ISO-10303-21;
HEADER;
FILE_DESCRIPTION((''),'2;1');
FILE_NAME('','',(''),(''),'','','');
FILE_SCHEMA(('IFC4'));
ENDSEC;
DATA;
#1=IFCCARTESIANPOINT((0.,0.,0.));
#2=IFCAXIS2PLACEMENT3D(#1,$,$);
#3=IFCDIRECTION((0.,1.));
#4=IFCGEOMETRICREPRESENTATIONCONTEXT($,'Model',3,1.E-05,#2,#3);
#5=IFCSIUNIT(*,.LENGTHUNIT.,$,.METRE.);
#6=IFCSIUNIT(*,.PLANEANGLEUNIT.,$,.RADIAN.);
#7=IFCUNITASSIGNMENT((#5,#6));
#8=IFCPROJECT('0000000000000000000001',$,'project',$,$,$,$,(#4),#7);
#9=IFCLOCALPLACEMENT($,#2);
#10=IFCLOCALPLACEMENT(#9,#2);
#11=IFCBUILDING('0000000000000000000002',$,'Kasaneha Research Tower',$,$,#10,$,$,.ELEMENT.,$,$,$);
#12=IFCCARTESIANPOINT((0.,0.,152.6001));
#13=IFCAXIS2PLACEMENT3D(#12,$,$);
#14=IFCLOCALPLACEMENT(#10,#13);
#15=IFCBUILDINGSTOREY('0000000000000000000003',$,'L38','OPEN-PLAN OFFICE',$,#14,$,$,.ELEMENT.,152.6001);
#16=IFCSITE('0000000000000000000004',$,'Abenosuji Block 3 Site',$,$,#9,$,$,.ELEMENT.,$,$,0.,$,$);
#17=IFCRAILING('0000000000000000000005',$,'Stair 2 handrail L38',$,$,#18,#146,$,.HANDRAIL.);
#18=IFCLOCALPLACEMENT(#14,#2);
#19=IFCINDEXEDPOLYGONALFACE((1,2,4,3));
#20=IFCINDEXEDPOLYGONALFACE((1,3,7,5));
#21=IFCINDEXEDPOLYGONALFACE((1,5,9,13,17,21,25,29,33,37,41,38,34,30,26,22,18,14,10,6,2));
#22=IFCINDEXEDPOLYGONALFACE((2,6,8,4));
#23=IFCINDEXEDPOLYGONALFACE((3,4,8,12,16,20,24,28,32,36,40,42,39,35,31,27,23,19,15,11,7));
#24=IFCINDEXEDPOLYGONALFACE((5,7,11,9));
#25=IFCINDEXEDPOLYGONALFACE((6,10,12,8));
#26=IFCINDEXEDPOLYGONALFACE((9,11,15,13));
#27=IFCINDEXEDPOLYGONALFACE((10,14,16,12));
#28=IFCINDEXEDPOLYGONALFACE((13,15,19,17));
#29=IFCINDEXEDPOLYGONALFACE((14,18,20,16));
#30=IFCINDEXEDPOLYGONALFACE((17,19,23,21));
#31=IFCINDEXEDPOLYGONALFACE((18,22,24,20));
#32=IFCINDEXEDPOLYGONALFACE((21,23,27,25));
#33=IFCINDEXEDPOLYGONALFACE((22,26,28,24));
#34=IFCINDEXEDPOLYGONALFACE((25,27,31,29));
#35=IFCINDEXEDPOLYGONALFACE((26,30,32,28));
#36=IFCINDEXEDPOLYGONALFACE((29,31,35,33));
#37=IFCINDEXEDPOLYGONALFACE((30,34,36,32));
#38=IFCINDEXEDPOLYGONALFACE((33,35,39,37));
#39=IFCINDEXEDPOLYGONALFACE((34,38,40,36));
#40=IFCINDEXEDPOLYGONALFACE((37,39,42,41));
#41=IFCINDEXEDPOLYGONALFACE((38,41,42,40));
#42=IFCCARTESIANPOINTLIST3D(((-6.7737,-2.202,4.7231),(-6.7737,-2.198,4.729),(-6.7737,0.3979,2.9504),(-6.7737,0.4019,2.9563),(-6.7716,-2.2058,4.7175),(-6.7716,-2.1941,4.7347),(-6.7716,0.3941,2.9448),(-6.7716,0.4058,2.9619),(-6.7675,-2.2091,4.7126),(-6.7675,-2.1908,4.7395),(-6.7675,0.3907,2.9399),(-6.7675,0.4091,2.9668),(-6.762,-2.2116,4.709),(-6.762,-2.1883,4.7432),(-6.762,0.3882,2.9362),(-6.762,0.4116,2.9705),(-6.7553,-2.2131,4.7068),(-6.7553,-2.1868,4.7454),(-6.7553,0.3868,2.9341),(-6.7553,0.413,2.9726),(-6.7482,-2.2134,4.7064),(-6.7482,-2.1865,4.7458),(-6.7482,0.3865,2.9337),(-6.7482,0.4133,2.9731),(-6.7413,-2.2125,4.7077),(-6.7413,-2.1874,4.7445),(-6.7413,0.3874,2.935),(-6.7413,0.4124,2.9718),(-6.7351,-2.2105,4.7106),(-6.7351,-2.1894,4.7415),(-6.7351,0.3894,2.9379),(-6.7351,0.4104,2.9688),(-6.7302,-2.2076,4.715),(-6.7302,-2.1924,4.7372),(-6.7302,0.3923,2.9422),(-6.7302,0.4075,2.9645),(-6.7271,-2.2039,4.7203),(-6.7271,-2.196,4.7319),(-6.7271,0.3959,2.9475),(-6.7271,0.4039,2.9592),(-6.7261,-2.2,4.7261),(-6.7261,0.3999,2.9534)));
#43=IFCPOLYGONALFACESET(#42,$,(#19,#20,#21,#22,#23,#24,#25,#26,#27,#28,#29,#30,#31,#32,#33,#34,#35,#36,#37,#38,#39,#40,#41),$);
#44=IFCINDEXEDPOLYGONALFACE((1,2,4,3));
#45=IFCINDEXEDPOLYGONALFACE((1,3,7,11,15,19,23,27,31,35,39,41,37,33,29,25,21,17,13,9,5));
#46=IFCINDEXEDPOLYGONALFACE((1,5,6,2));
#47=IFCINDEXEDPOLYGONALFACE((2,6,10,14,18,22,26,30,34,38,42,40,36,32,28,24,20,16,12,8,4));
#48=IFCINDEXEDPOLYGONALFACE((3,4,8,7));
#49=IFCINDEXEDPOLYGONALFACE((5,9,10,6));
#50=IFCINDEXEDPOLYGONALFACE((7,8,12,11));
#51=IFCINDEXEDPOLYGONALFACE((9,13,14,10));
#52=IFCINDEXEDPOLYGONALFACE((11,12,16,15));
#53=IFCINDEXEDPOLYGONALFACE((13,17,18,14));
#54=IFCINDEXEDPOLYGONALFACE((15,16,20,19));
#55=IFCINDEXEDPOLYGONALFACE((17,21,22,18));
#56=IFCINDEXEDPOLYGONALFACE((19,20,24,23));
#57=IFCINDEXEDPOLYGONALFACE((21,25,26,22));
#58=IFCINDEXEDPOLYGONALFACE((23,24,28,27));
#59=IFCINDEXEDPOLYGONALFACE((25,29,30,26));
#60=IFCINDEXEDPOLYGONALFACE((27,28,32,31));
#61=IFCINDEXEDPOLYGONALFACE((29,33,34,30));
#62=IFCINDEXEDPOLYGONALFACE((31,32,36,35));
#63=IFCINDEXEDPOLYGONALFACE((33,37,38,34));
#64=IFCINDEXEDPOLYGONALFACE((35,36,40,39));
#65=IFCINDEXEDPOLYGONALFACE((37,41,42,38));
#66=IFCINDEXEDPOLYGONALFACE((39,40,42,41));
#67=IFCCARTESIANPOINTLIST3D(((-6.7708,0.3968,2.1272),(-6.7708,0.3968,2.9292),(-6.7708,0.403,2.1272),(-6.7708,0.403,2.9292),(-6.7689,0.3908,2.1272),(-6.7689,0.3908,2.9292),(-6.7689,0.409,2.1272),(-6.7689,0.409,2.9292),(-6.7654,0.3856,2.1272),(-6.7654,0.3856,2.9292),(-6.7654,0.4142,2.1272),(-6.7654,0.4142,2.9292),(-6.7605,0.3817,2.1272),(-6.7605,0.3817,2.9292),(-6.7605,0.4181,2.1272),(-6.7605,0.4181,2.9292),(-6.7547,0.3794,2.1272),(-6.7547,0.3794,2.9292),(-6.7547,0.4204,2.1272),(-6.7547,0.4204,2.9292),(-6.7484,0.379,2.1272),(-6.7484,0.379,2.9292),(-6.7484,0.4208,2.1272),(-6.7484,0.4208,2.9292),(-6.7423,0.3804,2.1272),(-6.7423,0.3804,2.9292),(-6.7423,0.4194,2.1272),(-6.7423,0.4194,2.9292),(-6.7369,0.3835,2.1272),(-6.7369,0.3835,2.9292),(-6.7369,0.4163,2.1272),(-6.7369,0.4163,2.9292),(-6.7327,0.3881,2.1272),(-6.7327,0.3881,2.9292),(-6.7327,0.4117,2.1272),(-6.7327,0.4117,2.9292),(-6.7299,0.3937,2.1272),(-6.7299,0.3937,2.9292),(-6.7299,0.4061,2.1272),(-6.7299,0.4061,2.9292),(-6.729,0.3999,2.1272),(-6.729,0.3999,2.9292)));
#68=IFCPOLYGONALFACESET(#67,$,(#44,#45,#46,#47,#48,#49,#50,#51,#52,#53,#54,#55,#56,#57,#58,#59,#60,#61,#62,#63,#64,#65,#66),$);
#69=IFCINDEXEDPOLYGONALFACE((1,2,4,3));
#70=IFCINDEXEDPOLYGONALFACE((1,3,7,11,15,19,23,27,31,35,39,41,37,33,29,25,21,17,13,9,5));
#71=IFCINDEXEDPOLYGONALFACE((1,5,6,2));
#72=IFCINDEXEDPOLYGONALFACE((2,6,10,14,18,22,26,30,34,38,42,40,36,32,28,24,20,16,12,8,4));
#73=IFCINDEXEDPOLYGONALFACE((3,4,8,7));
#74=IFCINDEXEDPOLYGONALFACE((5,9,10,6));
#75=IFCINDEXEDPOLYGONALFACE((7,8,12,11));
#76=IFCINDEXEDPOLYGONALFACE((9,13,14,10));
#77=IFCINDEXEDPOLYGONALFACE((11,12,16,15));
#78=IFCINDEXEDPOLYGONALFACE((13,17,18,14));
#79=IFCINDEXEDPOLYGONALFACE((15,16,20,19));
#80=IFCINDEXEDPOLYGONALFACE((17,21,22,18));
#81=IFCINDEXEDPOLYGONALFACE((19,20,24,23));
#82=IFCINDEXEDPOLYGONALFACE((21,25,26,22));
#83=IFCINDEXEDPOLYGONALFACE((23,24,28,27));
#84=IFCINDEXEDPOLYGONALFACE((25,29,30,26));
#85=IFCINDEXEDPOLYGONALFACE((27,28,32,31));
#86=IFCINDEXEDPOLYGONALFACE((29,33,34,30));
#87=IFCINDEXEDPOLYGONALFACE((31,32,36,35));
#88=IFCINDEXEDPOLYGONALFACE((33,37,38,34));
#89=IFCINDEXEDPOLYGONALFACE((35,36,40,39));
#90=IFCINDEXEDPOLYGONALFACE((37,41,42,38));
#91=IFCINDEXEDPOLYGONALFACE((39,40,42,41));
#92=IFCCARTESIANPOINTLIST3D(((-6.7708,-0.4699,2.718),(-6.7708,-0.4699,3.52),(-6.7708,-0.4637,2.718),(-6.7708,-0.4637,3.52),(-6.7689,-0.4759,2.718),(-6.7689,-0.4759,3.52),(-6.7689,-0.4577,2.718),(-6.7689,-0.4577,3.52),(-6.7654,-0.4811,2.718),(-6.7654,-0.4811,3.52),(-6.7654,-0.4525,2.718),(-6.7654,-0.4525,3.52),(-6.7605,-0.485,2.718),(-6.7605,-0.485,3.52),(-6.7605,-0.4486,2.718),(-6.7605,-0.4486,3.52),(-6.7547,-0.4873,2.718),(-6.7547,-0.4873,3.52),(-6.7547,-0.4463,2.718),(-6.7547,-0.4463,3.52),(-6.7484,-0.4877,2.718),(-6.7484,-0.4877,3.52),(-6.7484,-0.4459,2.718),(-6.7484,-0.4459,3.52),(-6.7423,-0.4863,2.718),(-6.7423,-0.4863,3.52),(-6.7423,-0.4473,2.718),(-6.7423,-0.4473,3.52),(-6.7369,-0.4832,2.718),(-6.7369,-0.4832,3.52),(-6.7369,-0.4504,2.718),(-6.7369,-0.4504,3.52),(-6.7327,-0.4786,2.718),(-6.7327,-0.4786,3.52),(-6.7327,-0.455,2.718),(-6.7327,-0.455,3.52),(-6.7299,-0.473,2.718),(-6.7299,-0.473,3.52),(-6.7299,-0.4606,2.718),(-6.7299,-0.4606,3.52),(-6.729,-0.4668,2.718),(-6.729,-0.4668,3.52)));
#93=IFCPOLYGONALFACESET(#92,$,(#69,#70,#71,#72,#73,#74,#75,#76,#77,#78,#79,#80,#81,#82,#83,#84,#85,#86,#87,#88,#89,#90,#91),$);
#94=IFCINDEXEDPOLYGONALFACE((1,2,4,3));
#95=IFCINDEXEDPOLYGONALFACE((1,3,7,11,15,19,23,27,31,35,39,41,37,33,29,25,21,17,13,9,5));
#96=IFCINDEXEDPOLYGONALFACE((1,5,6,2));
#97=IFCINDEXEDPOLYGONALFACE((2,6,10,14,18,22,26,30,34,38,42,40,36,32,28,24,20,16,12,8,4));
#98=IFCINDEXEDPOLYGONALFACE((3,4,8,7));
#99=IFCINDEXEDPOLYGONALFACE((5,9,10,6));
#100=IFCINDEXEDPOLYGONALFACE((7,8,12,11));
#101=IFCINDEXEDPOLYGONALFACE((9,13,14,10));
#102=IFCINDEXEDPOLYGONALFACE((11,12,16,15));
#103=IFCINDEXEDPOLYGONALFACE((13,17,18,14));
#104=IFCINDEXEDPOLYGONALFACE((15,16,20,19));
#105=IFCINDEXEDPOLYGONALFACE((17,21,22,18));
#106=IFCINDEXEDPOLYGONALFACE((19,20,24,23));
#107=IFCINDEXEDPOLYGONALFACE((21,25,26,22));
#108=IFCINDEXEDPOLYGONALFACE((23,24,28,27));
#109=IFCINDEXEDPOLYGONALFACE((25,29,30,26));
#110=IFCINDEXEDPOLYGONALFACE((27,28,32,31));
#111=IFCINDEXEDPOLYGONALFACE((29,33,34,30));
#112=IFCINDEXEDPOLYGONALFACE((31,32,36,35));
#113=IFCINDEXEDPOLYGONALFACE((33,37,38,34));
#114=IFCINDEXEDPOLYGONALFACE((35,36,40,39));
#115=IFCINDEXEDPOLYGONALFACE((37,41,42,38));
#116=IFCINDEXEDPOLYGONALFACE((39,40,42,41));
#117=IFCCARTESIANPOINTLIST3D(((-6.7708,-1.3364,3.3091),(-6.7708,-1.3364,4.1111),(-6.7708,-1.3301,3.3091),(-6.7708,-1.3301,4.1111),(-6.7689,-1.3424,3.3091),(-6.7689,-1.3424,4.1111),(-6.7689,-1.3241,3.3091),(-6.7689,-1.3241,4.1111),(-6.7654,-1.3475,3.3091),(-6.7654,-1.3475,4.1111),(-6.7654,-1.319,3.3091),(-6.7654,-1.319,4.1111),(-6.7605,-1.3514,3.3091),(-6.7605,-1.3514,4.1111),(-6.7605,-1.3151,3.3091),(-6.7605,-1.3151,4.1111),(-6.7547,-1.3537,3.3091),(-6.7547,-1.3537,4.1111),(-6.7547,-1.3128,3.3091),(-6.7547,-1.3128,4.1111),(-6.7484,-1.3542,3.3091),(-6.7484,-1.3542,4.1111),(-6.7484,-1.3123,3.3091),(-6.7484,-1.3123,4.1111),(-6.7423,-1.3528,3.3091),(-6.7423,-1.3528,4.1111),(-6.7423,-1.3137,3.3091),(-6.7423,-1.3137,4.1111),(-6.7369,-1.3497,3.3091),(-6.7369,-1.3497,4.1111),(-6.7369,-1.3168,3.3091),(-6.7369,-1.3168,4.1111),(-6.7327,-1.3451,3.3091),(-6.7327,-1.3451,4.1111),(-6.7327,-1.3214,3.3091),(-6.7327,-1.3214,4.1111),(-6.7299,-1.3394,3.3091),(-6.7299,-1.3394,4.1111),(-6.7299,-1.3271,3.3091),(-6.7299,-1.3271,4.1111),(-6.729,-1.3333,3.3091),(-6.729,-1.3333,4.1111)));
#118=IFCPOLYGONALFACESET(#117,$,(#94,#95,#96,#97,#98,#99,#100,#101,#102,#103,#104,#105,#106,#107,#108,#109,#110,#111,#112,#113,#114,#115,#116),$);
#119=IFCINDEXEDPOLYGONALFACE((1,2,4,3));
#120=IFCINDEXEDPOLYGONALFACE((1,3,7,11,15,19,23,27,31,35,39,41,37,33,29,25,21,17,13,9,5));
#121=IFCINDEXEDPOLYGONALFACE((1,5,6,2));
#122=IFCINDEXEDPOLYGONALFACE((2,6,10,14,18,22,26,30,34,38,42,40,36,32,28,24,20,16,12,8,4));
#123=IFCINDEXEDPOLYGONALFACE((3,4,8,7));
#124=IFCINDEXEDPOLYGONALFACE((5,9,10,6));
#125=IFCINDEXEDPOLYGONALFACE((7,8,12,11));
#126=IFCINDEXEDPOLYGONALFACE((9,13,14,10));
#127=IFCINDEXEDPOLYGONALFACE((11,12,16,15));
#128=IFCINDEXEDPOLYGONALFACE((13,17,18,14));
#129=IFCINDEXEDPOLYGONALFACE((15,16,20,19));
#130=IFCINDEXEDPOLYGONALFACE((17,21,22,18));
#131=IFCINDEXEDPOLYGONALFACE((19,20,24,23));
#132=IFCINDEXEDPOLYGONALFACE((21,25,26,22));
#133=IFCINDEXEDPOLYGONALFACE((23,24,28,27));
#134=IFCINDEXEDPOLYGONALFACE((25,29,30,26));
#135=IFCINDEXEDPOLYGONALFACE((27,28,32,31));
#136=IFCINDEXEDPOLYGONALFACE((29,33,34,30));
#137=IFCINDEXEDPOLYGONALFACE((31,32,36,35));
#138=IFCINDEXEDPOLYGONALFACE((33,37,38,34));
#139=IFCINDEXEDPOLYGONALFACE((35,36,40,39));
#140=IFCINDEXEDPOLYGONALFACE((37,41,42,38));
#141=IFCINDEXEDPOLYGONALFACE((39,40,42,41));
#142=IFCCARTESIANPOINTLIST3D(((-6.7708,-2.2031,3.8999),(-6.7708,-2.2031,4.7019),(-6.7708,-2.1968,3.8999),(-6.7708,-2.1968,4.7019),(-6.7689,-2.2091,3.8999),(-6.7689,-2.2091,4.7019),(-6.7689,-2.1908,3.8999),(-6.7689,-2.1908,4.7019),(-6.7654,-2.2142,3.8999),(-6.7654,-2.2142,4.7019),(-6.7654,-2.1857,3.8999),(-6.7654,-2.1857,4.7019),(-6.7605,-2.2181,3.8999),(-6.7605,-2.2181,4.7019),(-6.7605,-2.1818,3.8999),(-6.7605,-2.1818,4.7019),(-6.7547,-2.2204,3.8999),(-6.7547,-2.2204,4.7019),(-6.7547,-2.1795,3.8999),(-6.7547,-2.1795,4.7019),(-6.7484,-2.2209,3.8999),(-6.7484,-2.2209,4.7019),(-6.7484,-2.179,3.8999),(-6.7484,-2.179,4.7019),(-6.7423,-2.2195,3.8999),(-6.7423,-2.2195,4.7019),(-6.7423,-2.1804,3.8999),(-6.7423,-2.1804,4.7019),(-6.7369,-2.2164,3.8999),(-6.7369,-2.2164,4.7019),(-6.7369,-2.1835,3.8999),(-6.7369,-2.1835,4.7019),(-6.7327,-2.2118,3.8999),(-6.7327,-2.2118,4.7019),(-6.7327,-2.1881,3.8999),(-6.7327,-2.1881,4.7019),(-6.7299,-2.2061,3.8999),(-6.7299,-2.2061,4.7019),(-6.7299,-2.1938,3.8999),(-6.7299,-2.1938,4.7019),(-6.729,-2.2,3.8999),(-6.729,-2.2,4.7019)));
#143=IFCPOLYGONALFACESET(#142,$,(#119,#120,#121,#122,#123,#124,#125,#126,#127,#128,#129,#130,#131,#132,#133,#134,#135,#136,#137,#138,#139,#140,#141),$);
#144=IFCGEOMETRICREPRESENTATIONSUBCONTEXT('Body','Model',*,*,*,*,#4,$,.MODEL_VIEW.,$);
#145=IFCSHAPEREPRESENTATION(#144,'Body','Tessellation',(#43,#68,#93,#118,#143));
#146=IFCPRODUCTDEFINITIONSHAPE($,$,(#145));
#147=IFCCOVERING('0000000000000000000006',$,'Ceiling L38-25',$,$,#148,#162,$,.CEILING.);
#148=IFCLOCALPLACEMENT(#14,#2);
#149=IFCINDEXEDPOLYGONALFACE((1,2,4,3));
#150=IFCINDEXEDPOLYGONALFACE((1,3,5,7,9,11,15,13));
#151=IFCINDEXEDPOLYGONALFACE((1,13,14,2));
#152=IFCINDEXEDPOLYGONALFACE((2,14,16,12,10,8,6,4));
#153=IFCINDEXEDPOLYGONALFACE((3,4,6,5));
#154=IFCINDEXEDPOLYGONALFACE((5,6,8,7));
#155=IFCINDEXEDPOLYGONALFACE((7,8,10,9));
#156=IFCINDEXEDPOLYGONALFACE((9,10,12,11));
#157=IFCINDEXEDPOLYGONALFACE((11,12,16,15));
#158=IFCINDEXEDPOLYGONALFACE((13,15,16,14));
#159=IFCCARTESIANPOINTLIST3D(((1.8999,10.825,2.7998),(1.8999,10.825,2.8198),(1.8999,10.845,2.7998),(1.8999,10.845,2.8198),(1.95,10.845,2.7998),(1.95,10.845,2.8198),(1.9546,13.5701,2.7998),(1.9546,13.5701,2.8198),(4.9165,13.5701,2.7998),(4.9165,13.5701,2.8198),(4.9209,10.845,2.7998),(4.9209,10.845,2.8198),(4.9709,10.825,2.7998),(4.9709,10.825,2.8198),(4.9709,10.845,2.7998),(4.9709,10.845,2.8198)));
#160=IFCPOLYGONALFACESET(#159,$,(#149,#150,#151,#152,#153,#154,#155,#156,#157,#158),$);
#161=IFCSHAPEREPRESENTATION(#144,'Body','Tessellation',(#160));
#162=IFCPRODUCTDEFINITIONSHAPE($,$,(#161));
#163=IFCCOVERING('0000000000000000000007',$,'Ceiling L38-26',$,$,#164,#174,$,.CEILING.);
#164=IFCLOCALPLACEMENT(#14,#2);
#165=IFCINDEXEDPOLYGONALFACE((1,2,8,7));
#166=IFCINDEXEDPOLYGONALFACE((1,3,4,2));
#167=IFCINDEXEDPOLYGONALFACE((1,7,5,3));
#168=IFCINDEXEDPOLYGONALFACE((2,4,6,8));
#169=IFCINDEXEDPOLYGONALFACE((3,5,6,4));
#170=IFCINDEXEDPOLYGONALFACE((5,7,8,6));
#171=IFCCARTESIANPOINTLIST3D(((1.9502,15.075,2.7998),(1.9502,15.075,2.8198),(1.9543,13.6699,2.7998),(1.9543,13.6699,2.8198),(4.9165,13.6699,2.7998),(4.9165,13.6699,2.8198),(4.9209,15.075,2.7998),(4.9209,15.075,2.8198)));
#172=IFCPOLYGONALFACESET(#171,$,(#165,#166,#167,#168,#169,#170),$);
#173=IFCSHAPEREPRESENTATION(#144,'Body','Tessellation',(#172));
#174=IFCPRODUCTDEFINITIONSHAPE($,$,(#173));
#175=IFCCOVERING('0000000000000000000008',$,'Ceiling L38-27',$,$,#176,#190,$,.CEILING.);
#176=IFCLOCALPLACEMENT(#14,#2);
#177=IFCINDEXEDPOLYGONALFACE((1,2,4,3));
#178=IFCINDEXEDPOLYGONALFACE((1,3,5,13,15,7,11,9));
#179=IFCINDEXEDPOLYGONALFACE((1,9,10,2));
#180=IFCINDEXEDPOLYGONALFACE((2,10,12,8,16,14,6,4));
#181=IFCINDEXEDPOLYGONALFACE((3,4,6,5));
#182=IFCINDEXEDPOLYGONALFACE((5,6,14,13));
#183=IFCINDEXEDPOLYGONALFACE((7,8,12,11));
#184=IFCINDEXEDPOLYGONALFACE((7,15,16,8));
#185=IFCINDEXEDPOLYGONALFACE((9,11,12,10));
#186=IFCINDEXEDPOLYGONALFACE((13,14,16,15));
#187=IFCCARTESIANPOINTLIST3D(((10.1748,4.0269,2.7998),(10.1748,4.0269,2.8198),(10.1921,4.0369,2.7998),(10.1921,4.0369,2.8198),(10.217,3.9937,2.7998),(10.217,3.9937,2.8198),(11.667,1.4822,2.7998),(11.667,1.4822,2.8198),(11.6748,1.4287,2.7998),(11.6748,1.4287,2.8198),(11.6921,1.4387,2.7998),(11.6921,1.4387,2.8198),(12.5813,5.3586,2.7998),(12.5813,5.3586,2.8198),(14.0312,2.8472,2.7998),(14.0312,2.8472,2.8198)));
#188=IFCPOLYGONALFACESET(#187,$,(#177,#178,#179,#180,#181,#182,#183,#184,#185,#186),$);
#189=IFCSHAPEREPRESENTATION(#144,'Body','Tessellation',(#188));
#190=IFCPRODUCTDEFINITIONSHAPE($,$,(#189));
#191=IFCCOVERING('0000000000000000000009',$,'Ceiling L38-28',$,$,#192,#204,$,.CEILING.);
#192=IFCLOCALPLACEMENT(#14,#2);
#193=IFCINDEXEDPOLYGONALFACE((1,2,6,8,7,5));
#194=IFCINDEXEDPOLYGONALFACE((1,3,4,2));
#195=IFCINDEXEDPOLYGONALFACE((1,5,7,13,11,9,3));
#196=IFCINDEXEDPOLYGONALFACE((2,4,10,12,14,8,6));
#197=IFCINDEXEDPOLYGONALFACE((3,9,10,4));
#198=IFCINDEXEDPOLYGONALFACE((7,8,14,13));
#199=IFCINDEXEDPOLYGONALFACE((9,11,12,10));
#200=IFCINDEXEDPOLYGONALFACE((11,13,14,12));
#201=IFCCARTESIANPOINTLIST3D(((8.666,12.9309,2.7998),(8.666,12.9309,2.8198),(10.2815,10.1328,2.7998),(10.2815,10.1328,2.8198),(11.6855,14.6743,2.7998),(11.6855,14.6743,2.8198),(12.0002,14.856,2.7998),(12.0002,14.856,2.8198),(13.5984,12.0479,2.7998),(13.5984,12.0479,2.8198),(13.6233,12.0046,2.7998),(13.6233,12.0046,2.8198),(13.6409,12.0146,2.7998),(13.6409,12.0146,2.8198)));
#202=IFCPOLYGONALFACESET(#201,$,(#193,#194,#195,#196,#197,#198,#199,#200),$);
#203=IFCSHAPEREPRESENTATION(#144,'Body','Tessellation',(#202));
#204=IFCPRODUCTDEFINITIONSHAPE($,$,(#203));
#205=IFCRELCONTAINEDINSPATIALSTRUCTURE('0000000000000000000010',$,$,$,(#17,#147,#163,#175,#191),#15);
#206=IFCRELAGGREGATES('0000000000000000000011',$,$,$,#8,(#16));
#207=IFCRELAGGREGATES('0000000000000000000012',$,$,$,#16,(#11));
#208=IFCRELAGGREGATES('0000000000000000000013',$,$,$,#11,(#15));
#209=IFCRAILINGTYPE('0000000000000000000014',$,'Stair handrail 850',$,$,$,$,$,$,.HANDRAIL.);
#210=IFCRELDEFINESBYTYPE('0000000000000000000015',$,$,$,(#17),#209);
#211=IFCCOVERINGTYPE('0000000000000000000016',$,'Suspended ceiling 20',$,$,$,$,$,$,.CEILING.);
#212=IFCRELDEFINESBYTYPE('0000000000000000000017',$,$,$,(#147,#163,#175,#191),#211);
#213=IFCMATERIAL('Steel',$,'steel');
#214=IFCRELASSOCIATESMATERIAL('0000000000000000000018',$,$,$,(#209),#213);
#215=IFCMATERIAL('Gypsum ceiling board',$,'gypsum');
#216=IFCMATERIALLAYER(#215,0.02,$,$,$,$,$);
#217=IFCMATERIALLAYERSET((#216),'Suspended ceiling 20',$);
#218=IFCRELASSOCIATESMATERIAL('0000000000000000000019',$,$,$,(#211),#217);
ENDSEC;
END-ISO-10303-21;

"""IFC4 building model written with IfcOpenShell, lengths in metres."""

from ifc_helpers import new_model, si_unit, direction, frame, origin, origin_2d, place, context, subcontext, project, spatial, polyline, circle, outline, extrude, material, layer, layer_set, type_object, element, save


model = new_model("IFC4")

# Units and contexts
model_context = context("Model", 3, precision=1e-05, world=origin(), true_north=direction((0.0, 1.0)))
body_context = subcontext(model_context, "Body", "Model", "MODEL_VIEW")
ifc_project = project(units=[si_unit("LENGTHUNIT", "METRE"), si_unit("PLANEANGLEUNIT", "RADIAN")], contexts=[model_context])

# Site, building, storey
site_placement = place(None, origin())
site = spatial("IfcSite", under=ifc_project, at=site_placement, Name="Abenosuji Block 3 Site", CompositionType="ELEMENT", RefElevation=0.0)
building_placement = place(site_placement, origin())
building = spatial("IfcBuilding", under=site, at=building_placement, Name="Kasaneha Research Tower", CompositionType="ELEMENT")
storey_placement = place(building_placement, frame((0.0, 0.0, 152.6001)))
storey = spatial("IfcBuildingStorey", under=building, at=storey_placement, Name="L38", Description="OPEN-PLAN OFFICE", CompositionType="ELEMENT", Elevation=152.6001)

# Railing
ifc_material_1 = material(Name="Steel", Category="steel")
railing_type_1 = type_object("IfcRailingType", Name="Stair handrail 850", PredefinedType="HANDRAIL", material=ifc_material_1)
railing_1_placement = place(storey_placement, frame((-6.75, 0.3999, 2.1272)))
element("IfcRailing", 1, at=railing_1_placement, inside=storey, type_object=railing_type_1, Name="Stair 2 handrail L38", PredefinedType="HANDRAIL", context=body_context, shape_type="SweptSolid", body=[
    extrude(circle(Radius=0.0239, at=origin_2d()), frame((0.0, 0.0, 0.8262), z_axis=(0.0, -0.826216, 0.563354), x_axis=(1.0, 0.0, 0.0)), (0.0, 0.0, 1.0), 3.1467),
    extrude(circle(Radius=0.021, at=origin_2d()), origin(), (0.0, 0.0, 1.0), 0.802),
    extrude(circle(Radius=0.021, at=origin_2d()), frame((0.0, -0.8667, 0.5908)), (0.0, 0.0, 1.0), 0.802),
    extrude(circle(Radius=0.021, at=origin_2d()), frame((0.0, -1.7332, 1.1819)), (0.0, 0.0, 1.0), 0.802),
    extrude(circle(Radius=0.021, at=origin_2d()), frame((0.0, -2.5999, 1.7727)), (0.0, 0.0, 1.0), 0.802),
])

# Coverings
ifc_material_2 = material(Name="Gypsum ceiling board", Category="gypsum")
ifc_layer_1 = layer(ifc_material_2, 0.02)
ifc_layer_set_1 = layer_set([ifc_layer_1], Name="Suspended ceiling 20")
covering_type_1 = type_object("IfcCoveringType", Name="Suspended ceiling 20", PredefinedType="CEILING", material=ifc_layer_set_1)
covering_1_placement = place(storey_placement, frame((0.0, 0.0, 2.7998)))
element("IfcCovering", 2, at=covering_1_placement, inside=storey, type_object=covering_type_1, Name="Ceiling L38-25", PredefinedType="CEILING", context=body_context, shape_type="SweptSolid", body=[
    extrude(outline(polyline([(1.8999, 10.825), (1.8999, 10.845), (1.95, 10.845), (1.9546, 13.5701), (4.9165, 13.5701), (4.9209, 10.845), (4.9709, 10.845), (4.9709, 10.825), (1.8999, 10.825)])), origin(), (0.0, 0.0, 1.0), 0.02),
])
covering_2_placement = place(storey_placement, frame((0.0, 0.0, 2.7998)))
element("IfcCovering", 3, at=covering_2_placement, inside=storey, type_object=covering_type_1, Name="Ceiling L38-26", PredefinedType="CEILING", context=body_context, shape_type="SweptSolid", body=[
    extrude(outline(polyline([(4.9165, 13.6699), (1.9543, 13.6699), (1.9502, 15.075), (4.9209, 15.075), (4.9165, 13.6699)])), origin(), (0.0, 0.0, 1.0), 0.02),
])
covering_3_placement = place(storey_placement, frame((0.0, 0.0, 2.7998)))
element("IfcCovering", 4, at=covering_3_placement, inside=storey, type_object=covering_type_1, Name="Ceiling L38-27", PredefinedType="CEILING", context=body_context, shape_type="SweptSolid", body=[
    extrude(outline(polyline([(10.1748, 4.0269), (10.1921, 4.0369), (10.217, 3.9937), (12.5813, 5.3586), (14.0312, 2.8472), (11.667, 1.4822), (11.6921, 1.4387), (11.6748, 1.4287), (10.1748, 4.0269)])), origin(), (0.0, 0.0, 1.0), 0.02),
])
covering_4_placement = place(storey_placement, frame((0.0, 0.0, 2.7998)))
element("IfcCovering", 5, at=covering_4_placement, inside=storey, type_object=covering_type_1, Name="Ceiling L38-28", PredefinedType="CEILING", context=body_context, shape_type="SweptSolid", body=[
    extrude(outline(polyline([(13.6409, 12.0146), (13.6233, 12.0046), (13.5984, 12.0479), (10.2815, 10.1328), (8.666, 12.9309), (11.6855, 14.6743), (12.0002, 14.856), (13.6409, 12.0146)])), origin(), (0.0, 0.0, 1.0), 0.02),
])

save(model, "model.ifc")
